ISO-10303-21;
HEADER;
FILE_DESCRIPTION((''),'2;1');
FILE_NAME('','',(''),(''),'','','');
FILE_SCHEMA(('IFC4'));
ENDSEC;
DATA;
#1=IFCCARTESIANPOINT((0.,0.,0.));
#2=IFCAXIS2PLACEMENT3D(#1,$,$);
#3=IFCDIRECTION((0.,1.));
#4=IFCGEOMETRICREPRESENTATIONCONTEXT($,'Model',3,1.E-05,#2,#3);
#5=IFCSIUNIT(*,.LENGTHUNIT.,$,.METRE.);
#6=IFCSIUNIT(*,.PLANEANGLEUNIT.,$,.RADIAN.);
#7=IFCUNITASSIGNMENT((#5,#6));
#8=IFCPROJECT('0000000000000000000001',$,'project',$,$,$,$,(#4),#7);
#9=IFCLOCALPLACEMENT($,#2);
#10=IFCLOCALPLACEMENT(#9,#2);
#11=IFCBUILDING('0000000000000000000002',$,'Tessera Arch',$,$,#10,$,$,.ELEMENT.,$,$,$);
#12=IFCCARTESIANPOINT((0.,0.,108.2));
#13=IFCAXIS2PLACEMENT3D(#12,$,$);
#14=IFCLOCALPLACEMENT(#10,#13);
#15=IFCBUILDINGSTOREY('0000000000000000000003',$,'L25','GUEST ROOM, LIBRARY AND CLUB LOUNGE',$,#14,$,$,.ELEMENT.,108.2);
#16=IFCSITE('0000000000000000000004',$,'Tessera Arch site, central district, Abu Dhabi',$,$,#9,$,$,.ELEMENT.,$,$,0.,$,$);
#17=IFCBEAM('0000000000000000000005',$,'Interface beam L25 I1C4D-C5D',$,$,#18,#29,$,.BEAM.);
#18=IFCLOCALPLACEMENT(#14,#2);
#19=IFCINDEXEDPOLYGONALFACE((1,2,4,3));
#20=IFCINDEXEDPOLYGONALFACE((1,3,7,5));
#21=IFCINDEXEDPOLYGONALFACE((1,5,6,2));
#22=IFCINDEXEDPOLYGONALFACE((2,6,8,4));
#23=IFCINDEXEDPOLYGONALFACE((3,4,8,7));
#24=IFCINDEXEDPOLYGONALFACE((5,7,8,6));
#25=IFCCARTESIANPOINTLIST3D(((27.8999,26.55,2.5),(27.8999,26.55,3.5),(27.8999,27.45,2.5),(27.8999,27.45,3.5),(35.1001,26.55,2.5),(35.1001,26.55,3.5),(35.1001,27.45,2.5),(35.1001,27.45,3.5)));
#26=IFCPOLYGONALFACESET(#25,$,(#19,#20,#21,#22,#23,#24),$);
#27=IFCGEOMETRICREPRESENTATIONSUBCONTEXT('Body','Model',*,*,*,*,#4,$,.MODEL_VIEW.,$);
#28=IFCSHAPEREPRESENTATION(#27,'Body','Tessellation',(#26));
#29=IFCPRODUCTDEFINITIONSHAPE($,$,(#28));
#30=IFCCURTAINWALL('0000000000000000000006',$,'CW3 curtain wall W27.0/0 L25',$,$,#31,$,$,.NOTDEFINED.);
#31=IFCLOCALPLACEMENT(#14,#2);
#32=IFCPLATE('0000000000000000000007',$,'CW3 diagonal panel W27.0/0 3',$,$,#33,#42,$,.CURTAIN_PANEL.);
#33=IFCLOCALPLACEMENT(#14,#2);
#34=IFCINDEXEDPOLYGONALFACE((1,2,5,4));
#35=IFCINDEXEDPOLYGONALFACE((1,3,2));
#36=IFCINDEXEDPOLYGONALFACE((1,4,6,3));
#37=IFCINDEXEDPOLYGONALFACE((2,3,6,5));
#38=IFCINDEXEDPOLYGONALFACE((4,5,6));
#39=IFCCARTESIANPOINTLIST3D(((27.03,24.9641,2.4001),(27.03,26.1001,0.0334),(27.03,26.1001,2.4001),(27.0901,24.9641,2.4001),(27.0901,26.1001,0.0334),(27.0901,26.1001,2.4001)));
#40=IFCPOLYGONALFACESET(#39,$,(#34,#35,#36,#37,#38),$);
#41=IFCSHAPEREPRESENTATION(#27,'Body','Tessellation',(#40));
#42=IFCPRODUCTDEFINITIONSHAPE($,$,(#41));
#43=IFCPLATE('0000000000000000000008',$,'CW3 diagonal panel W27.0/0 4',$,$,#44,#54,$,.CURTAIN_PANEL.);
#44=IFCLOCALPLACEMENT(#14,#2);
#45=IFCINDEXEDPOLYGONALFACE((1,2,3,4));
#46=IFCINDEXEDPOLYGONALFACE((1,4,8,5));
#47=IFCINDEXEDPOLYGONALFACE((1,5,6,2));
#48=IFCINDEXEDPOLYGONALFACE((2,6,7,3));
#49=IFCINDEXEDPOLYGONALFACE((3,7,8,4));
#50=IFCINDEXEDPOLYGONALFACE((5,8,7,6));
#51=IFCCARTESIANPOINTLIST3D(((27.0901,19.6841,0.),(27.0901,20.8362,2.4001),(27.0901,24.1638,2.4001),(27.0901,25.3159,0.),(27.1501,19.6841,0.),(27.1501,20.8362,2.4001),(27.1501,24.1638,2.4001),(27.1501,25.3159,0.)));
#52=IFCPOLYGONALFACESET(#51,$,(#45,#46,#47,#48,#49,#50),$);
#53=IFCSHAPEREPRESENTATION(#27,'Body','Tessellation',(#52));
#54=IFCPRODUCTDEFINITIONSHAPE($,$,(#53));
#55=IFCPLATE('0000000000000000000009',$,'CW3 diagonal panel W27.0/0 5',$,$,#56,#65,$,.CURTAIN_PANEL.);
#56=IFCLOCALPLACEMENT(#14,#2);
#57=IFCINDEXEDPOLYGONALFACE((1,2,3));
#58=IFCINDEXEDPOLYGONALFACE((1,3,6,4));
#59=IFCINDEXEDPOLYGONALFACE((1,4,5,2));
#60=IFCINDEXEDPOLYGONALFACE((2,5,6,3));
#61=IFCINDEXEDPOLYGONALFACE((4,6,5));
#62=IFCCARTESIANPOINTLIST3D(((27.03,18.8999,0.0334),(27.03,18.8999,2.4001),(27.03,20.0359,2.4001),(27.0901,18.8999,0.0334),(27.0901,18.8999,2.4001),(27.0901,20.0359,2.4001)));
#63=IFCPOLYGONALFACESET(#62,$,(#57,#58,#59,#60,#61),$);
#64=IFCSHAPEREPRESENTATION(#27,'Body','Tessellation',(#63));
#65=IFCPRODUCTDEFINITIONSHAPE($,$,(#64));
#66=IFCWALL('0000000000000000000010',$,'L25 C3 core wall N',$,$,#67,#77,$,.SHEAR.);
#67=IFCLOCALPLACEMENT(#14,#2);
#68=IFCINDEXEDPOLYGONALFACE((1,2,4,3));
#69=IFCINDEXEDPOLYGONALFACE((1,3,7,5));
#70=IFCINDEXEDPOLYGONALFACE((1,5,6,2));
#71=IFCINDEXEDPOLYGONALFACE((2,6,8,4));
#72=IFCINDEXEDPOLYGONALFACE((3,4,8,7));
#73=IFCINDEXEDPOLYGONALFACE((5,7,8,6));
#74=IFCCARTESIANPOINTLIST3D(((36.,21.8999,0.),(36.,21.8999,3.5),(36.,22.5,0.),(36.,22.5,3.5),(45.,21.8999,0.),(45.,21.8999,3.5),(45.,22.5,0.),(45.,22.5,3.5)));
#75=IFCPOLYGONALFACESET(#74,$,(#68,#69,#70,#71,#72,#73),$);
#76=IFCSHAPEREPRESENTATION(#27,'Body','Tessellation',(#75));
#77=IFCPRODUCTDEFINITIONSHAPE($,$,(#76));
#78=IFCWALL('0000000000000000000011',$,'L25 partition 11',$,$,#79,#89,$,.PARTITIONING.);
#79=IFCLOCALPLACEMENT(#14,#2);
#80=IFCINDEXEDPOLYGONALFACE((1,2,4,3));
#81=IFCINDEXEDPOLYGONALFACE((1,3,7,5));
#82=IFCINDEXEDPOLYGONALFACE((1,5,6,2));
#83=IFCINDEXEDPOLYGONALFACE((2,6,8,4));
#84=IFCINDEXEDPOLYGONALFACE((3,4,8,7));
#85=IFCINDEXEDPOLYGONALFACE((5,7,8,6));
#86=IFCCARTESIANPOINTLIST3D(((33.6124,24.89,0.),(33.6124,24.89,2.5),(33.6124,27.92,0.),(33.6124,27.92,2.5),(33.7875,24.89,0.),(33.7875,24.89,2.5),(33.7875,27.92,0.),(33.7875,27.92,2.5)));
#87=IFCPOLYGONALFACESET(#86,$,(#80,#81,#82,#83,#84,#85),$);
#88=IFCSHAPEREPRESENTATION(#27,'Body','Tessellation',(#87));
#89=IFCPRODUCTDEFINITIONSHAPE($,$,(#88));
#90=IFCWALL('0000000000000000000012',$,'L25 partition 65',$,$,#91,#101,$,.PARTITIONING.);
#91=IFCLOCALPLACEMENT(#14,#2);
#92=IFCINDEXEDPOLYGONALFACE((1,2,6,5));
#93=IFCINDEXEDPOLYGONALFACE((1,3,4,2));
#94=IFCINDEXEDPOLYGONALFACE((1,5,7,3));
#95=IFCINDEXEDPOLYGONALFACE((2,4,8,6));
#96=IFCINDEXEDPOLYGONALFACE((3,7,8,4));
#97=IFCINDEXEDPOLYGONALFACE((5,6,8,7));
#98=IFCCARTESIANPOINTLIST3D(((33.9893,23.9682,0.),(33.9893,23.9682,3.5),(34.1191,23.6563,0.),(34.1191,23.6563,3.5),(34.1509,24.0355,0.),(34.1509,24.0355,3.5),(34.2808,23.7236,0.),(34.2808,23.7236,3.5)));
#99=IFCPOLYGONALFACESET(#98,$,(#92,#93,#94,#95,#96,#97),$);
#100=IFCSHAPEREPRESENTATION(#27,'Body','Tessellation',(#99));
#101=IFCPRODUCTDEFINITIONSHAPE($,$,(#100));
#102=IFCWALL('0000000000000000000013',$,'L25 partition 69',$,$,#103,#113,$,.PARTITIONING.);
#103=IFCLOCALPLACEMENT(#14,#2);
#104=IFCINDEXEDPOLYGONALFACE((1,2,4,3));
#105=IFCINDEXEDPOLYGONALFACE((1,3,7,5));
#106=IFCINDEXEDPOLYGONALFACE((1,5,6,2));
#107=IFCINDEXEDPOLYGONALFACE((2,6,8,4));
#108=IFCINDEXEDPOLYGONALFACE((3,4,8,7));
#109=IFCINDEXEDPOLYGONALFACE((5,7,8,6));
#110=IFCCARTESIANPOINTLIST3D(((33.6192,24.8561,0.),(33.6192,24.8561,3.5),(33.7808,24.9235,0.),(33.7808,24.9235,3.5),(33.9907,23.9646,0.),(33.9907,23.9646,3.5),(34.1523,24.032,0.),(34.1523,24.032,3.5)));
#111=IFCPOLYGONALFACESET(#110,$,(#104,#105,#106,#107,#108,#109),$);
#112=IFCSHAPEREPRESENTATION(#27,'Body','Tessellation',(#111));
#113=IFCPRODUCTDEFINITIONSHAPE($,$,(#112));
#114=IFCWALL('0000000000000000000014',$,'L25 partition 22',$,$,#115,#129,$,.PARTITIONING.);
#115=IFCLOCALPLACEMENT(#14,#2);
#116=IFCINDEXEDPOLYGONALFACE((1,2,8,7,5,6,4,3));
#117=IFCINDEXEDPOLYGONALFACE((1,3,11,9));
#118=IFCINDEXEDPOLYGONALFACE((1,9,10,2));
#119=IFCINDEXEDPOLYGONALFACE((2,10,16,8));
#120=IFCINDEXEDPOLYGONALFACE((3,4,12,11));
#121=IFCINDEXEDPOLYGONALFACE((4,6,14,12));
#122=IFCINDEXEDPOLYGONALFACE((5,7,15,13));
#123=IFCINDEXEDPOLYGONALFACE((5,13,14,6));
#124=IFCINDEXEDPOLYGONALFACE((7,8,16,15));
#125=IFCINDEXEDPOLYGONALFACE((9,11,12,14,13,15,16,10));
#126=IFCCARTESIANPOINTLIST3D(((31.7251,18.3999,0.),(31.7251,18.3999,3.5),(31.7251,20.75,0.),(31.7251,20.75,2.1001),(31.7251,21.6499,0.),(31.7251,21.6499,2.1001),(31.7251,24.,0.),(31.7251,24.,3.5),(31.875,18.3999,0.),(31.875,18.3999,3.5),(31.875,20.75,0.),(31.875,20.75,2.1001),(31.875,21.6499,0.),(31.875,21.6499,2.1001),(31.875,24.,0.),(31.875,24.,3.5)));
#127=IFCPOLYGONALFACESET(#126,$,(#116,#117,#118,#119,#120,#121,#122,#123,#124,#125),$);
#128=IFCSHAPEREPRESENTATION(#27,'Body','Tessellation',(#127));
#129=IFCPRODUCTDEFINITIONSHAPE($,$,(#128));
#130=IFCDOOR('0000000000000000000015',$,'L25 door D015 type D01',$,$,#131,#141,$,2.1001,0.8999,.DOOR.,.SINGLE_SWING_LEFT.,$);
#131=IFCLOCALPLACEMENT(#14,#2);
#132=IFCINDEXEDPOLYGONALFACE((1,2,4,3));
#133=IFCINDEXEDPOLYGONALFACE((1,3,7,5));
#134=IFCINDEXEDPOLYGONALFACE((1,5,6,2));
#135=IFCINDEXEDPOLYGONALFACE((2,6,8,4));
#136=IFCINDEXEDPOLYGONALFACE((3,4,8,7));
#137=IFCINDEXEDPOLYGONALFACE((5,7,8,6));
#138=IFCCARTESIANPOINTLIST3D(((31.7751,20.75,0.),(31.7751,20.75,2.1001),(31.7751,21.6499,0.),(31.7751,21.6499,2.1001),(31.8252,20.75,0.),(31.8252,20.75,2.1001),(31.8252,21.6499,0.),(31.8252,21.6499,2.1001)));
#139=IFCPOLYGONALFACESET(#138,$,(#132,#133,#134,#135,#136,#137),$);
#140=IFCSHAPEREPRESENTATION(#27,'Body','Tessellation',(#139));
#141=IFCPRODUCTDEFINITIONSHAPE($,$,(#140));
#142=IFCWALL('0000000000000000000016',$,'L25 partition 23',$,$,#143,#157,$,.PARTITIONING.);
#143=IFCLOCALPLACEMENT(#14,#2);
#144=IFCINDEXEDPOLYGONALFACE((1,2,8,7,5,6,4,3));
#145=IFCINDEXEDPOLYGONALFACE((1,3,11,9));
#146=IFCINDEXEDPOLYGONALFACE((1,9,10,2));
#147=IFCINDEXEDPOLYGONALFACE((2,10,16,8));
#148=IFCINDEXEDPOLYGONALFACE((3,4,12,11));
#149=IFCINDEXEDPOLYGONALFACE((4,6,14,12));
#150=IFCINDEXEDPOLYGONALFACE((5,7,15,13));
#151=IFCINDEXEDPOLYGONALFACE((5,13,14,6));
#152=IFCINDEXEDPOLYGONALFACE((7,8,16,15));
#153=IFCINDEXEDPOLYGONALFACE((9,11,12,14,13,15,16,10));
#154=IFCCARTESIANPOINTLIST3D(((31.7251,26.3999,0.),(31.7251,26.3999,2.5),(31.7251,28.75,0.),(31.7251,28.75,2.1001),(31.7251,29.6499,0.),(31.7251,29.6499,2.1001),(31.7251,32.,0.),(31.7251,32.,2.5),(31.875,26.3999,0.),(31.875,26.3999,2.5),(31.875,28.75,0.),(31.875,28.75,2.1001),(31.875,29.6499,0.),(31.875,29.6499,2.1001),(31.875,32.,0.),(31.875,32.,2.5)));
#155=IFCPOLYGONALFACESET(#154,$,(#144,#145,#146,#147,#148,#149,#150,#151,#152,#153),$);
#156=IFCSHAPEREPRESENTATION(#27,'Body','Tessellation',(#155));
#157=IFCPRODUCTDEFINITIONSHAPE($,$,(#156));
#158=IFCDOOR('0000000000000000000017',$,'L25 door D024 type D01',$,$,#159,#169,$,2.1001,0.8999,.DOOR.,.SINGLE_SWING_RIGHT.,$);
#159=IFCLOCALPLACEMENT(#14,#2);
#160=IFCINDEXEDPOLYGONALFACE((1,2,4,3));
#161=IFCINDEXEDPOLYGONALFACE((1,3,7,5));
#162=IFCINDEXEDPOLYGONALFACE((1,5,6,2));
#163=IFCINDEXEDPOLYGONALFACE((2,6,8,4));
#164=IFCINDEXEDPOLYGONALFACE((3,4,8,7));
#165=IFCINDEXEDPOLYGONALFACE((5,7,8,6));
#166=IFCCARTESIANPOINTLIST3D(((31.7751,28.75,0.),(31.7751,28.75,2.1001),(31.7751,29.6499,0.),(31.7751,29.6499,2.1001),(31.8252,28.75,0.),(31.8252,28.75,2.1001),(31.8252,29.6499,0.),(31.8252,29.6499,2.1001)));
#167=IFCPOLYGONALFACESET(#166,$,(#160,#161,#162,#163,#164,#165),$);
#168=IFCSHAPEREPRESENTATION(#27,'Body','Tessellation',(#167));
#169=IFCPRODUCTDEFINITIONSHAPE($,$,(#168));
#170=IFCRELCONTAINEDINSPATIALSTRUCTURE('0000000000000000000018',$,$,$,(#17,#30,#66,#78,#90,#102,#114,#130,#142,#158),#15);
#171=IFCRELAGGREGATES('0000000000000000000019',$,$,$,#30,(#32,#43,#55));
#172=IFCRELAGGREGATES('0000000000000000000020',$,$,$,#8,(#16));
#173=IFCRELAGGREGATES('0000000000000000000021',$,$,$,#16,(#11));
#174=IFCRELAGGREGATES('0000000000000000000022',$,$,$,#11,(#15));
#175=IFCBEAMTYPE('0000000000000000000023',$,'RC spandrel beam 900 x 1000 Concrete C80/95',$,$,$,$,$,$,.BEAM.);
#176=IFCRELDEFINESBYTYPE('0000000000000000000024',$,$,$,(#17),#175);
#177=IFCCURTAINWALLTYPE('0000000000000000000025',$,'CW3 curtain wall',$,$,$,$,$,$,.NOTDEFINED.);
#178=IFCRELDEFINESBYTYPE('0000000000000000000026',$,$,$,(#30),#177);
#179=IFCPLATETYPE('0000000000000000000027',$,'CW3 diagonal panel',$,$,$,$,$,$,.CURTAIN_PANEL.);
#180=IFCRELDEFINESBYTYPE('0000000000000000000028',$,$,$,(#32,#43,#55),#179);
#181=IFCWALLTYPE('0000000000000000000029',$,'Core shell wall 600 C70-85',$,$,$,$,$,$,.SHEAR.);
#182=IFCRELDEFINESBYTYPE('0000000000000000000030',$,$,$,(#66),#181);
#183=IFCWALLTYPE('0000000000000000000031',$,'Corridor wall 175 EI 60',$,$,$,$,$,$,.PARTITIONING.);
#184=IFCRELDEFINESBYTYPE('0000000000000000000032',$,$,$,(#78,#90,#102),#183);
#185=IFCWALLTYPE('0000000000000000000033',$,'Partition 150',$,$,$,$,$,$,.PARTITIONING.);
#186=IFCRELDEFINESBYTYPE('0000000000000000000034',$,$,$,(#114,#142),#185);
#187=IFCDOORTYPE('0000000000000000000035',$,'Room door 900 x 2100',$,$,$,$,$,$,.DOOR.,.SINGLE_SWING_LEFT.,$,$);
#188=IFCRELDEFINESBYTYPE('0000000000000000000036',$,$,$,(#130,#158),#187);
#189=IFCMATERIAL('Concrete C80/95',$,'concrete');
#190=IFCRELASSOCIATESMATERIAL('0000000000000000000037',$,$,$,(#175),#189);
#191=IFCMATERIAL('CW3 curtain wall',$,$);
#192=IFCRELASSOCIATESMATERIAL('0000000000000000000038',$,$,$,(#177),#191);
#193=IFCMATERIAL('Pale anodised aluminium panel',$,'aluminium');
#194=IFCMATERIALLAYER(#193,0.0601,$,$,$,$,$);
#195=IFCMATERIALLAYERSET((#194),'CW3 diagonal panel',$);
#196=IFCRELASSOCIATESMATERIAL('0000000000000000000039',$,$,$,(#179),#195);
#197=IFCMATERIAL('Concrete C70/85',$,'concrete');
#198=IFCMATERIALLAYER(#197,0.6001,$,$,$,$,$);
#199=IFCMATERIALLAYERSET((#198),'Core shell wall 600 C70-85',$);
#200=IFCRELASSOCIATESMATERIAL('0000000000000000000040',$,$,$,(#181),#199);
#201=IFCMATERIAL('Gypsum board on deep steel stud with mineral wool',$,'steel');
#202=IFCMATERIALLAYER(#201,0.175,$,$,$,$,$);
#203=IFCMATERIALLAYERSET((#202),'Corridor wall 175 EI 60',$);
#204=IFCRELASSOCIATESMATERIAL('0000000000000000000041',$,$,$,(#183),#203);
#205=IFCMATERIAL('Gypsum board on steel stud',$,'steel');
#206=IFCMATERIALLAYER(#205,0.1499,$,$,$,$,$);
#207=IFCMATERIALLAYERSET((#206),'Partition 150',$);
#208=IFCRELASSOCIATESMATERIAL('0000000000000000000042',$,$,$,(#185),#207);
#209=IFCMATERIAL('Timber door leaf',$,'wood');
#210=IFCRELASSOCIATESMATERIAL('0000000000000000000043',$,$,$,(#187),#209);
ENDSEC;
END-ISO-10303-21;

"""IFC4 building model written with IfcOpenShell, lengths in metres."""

from ifc_helpers import new_model, si_unit, direction, frame, frame_2d, origin, origin_2d, place, context, subcontext, project, spatial, polyline, rectangle, outline, extrude, material, layer, layer_set, material_profile, profile_set, type_object, element, fill, aggregate, save


model = new_model("IFC4")

# Units and contexts
model_context = context("Model", 3, precision=1e-05, world=origin(), true_north=direction((0.0, 1.0)))
body_context = subcontext(model_context, "Body", "Model", "MODEL_VIEW")
ifc_project = project(units=[si_unit("LENGTHUNIT", "METRE"), si_unit("PLANEANGLEUNIT", "RADIAN")], contexts=[model_context])

# Site, building, storey
site_placement = place(None, origin())
site = spatial("IfcSite", under=ifc_project, at=site_placement, Name="Tessera Arch site, central district, Abu Dhabi", CompositionType="ELEMENT", RefElevation=0.0)
building_placement = place(site_placement, origin())
building = spatial("IfcBuilding", under=site, at=building_placement, Name="Tessera Arch", CompositionType="ELEMENT")
storey_placement = place(building_placement, frame((0.0, 0.0, 108.2)))
storey = spatial("IfcBuildingStorey", under=building, at=storey_placement, Name="L25", Description="GUEST ROOM, LIBRARY AND CLUB LOUNGE", CompositionType="ELEMENT", Elevation=108.2)

# Beam
ifc_material_1 = material(Name="Concrete C80/95", Category="concrete")
ifc_material_profile = material_profile(ifc_material_1, rectangle(XDim=0.8999, YDim=1.0, at=origin_2d()), Name="RC spandrel beam 900 x 1000 Concrete C80/95")
ifc_profile_set = profile_set([ifc_material_profile], Name="Concrete C80/95")
beam_type = type_object("IfcBeamType", Name="RC spandrel beam 900 x 1000 Concrete C80/95", PredefinedType="BEAM", material=ifc_profile_set)
beam_placement = place(storey_placement, frame((27.8999, 27.0, 3.0), z_axis=(1.0, 0.0, 0.0), x_axis=(0.0, 1.0, 0.0)))
element("IfcBeam", 1, at=beam_placement, inside=storey, type_object=beam_type, Name="Interface beam L25 I1C4D-C5D", PredefinedType="BEAM", context=body_context, shape_type="SweptSolid", body=[
    extrude(rectangle(XDim=0.8999, YDim=1.0, at=origin_2d()), origin(), (0.0, 0.0, 1.0), 7.2002),
])

# Curtain wall, plates
ifc_material_2 = material(Name="CW3 curtain wall")
curtain_wall_type = type_object("IfcCurtainWallType", Name="CW3 curtain wall", PredefinedType="NOTDEFINED", material=ifc_material_2)
curtain_wall_placement = place(storey_placement, origin())
curtain_wall = element("IfcCurtainWall", 2, at=curtain_wall_placement, inside=storey, type_object=curtain_wall_type, Name="CW3 curtain wall W27.0/0 L25", PredefinedType="NOTDEFINED")
ifc_material_3 = material(Name="Pale anodised aluminium panel", Category="aluminium")
ifc_layer_1 = layer(ifc_material_3, 0.0601)
ifc_layer_set_1 = layer_set([ifc_layer_1], Name="CW3 diagonal panel")
plate_type = type_object("IfcPlateType", Name="CW3 diagonal panel", PredefinedType="CURTAIN_PANEL", material=ifc_layer_set_1)
plate_1_placement = place(storey_placement, frame((27.03, 26.1001, 2.4001), z_axis=(-1.0, 0.0, 0.0), x_axis=(0.0, 0.0, -1.0)))
plate_1 = element("IfcPlate", 3, at=plate_1_placement, type_object=plate_type, Name="CW3 diagonal panel W27.0/0 3", PredefinedType="CURTAIN_PANEL", context=body_context, shape_type="SweptSolid", body=[
    extrude(outline(polyline([(0.0, 0.0), (2.3667, 0.0), (0.0, 1.136), (0.0, 0.0)])), origin(), (0.0, 0.0, -1.0), 0.0601),
])
plate_2_placement = place(storey_placement, frame((27.0901, 20.8362, 2.4001), z_axis=(-1.0, 0.0, 0.0), x_axis=(0.0, 1.0, 0.0)))
plate_2 = element("IfcPlate", 4, at=plate_2_placement, type_object=plate_type, Name="CW3 diagonal panel W27.0/0 4", PredefinedType="CURTAIN_PANEL", context=body_context, shape_type="SweptSolid", body=[
    extrude(outline(polyline([(0.0, 0.0), (3.3276, 0.0), (4.4797, 2.4001), (-1.1521, 2.4001), (0.0, 0.0)])), origin(), (0.0, 0.0, -1.0), 0.0601),
])
plate_3_placement = place(storey_placement, frame((27.03, 18.8999, 2.4001), z_axis=(-1.0, 0.0, 0.0), x_axis=(0.0, 1.0, 0.0)))
plate_3 = element("IfcPlate", 5, at=plate_3_placement, type_object=plate_type, Name="CW3 diagonal panel W27.0/0 5", PredefinedType="CURTAIN_PANEL", context=body_context, shape_type="SweptSolid", body=[
    extrude(outline(polyline([(0.0, 0.0), (1.136, 0.0), (0.0, 2.3667), (0.0, 0.0)])), origin(), (0.0, 0.0, -1.0), 0.0601),
])
aggregate(curtain_wall, [plate_1, plate_2, plate_3])

# Walls
ifc_material_4 = material(Name="Concrete C70/85", Category="concrete")
ifc_layer_2 = layer(ifc_material_4, 0.6001)
ifc_layer_set_2 = layer_set([ifc_layer_2], Name="Core shell wall 600 C70-85")
wall_type_1 = type_object("IfcWallType", Name="Core shell wall 600 C70-85", PredefinedType="SHEAR", material=ifc_layer_set_2)
wall_1_placement = place(storey_placement, frame((36.0, 22.2, 0.0), z_axis=(0.0, 0.0, 1.0), x_axis=(1.0, 0.0, 0.0)))
element("IfcWall", 6, at=wall_1_placement, inside=storey, type_object=wall_type_1, Name="L25 C3 core wall N", PredefinedType="SHEAR", context=body_context, shape_type="SweptSolid", body=[
    extrude(rectangle(XDim=9.0, YDim=0.6001, at=frame_2d((4.5, 0.0))), origin(), (0.0, 0.0, 1.0), 3.5),
])
ifc_material_5 = material(Name="Gypsum board on deep steel stud with mineral wool", Category="steel")
ifc_layer_3 = layer(ifc_material_5, 0.175)
ifc_layer_set_3 = layer_set([ifc_layer_3], Name="Corridor wall 175 EI 60")
wall_type_2 = type_object("IfcWallType", Name="Corridor wall 175 EI 60", PredefinedType="PARTITIONING", material=ifc_layer_set_3)
wall_2_placement = place(storey_placement, frame((33.7, 24.8899, 0.0), z_axis=(0.0, 0.0, 1.0), x_axis=(0.0, 1.0, 0.0)))
element("IfcWall", 7, at=wall_2_placement, inside=storey, type_object=wall_type_2, Name="L25 partition 11", PredefinedType="PARTITIONING", context=body_context, shape_type="SweptSolid", body=[
    extrude(rectangle(XDim=3.03, YDim=0.175, at=frame_2d((1.5151, 0.0))), origin(), (0.0, 0.0, 1.0), 2.5),
])
wall_3_placement = place(storey_placement, frame((34.2, 23.6899, 0.0), z_axis=(0.0, 0.0, 1.0), x_axis=(-0.384308, 0.923205, 0.0)))
element("IfcWall", 8, at=wall_3_placement, inside=storey, type_object=wall_type_2, Name="L25 partition 65", PredefinedType="PARTITIONING", context=body_context, shape_type="SweptSolid", body=[
    extrude(rectangle(XDim=0.3379, YDim=0.175, at=frame_2d((0.1689, 0.0))), origin(), (0.0, 0.0, 1.0), 3.5),
])
wall_4_placement = place(storey_placement, frame((34.0715, 23.9983, 0.0), z_axis=(0.0, 0.0, 1.0), x_axis=(-0.384687, 0.923047, 0.0)))
element("IfcWall", 9, at=wall_4_placement, inside=storey, type_object=wall_type_2, Name="L25 partition 69", PredefinedType="PARTITIONING", context=body_context, shape_type="SweptSolid", body=[
    extrude(rectangle(XDim=0.9658, YDim=0.175, at=frame_2d((0.4829, 0.0))), origin(), (0.0, 0.0, 1.0), 3.5),
])

# Walls, openings, doors
ifc_material_6 = material(Name="Gypsum board on steel stud", Category="steel")
ifc_layer_4 = layer(ifc_material_6, 0.1499)
ifc_layer_set_4 = layer_set([ifc_layer_4], Name="Partition 150")
wall_type_3 = type_object("IfcWallType", Name="Partition 150", PredefinedType="PARTITIONING", material=ifc_layer_set_4)
wall_5_placement = place(storey_placement, frame((31.8, 18.3999, 0.0), z_axis=(0.0, 0.0, 1.0), x_axis=(0.0, 1.0, 0.0)))
wall_5 = element("IfcWall", 10, at=wall_5_placement, inside=storey, type_object=wall_type_3, Name="L25 partition 22", PredefinedType="PARTITIONING", context=body_context, shape_type="SweptSolid", body=[
    extrude(rectangle(XDim=5.6001, YDim=0.1499, at=frame_2d((2.8, 0.0))), origin(), (0.0, 0.0, 1.0), 3.5),
])
opening_1_placement = place(wall_5_placement, frame((2.3501, 0.0, 0.0)))
opening_1 = element("IfcOpeningElement", 11, at=opening_1_placement, cuts=wall_5, PredefinedType="OPENING", context=body_context, shape_type="SweptSolid", body=[
    extrude(rectangle(XDim=0.8999, YDim=2.1001, at=frame_2d((0.45, 1.05))), frame((0.0, 0.085, 0.0), z_axis=(0.0, -1.0, 0.0), x_axis=(1.0, 0.0, 0.0)), (0.0, 0.0, 1.0), 0.1699),
])
ifc_material_7 = material(Name="Timber door leaf", Category="wood")
door_type_1 = type_object("IfcDoorType", Name="Room door 900 x 2100", OperationType="SINGLE_SWING_LEFT", PredefinedType="DOOR", material=ifc_material_7)
door_1_placement = place(opening_1_placement, origin())
door_1 = element("IfcDoor", 12, at=door_1_placement, inside=storey, type_object=door_type_1, Name="L25 door D015 type D01", OperationType="SINGLE_SWING_LEFT", OverallHeight=2.1001, OverallWidth=0.8999, PredefinedType="DOOR", context=body_context, shape_type="SweptSolid", body=[
    extrude(rectangle(XDim=0.8999, YDim=2.1001, at=frame_2d((0.45, 1.05))), frame((0.0, 0.0249, 0.0), z_axis=(0.0, -1.0, 0.0), x_axis=(1.0, 0.0, 0.0)), (0.0, 0.0, 1.0), 0.05),
])
fill(opening_1, door_1)
wall_6_placement = place(storey_placement, frame((31.8, 26.3999, 0.0), z_axis=(0.0, 0.0, 1.0), x_axis=(0.0, 1.0, 0.0)))
wall_6 = element("IfcWall", 13, at=wall_6_placement, inside=storey, type_object=wall_type_3, Name="L25 partition 23", PredefinedType="PARTITIONING", context=body_context, shape_type="SweptSolid", body=[
    extrude(rectangle(XDim=5.6001, YDim=0.1499, at=frame_2d((2.8, 0.0))), origin(), (0.0, 0.0, 1.0), 2.5),
])
opening_2_placement = place(wall_6_placement, frame((2.3501, 0.0, 0.0)))
opening_2 = element("IfcOpeningElement", 14, at=opening_2_placement, cuts=wall_6, PredefinedType="OPENING", context=body_context, shape_type="SweptSolid", body=[
    extrude(rectangle(XDim=0.8999, YDim=2.1001, at=frame_2d((0.45, 1.05))), frame((0.0, 0.085, 0.0), z_axis=(0.0, -1.0, 0.0), x_axis=(1.0, 0.0, 0.0)), (0.0, 0.0, 1.0), 0.1699),
])
door_2_placement = place(opening_2_placement, origin())
door_2 = element("IfcDoor", 15, at=door_2_placement, inside=storey, type_object=door_type_1, Name="L25 door D024 type D01", OperationType="SINGLE_SWING_RIGHT", OverallHeight=2.1001, OverallWidth=0.8999, PredefinedType="DOOR", context=body_context, shape_type="SweptSolid", body=[
    extrude(rectangle(XDim=0.8999, YDim=2.1001, at=frame_2d((0.45, 1.05))), frame((0.0, 0.0249, 0.0), z_axis=(0.0, -1.0, 0.0), x_axis=(1.0, 0.0, 0.0)), (0.0, 0.0, 1.0), 0.05),
])
fill(opening_2, door_2)

save(model, "model.ifc")
